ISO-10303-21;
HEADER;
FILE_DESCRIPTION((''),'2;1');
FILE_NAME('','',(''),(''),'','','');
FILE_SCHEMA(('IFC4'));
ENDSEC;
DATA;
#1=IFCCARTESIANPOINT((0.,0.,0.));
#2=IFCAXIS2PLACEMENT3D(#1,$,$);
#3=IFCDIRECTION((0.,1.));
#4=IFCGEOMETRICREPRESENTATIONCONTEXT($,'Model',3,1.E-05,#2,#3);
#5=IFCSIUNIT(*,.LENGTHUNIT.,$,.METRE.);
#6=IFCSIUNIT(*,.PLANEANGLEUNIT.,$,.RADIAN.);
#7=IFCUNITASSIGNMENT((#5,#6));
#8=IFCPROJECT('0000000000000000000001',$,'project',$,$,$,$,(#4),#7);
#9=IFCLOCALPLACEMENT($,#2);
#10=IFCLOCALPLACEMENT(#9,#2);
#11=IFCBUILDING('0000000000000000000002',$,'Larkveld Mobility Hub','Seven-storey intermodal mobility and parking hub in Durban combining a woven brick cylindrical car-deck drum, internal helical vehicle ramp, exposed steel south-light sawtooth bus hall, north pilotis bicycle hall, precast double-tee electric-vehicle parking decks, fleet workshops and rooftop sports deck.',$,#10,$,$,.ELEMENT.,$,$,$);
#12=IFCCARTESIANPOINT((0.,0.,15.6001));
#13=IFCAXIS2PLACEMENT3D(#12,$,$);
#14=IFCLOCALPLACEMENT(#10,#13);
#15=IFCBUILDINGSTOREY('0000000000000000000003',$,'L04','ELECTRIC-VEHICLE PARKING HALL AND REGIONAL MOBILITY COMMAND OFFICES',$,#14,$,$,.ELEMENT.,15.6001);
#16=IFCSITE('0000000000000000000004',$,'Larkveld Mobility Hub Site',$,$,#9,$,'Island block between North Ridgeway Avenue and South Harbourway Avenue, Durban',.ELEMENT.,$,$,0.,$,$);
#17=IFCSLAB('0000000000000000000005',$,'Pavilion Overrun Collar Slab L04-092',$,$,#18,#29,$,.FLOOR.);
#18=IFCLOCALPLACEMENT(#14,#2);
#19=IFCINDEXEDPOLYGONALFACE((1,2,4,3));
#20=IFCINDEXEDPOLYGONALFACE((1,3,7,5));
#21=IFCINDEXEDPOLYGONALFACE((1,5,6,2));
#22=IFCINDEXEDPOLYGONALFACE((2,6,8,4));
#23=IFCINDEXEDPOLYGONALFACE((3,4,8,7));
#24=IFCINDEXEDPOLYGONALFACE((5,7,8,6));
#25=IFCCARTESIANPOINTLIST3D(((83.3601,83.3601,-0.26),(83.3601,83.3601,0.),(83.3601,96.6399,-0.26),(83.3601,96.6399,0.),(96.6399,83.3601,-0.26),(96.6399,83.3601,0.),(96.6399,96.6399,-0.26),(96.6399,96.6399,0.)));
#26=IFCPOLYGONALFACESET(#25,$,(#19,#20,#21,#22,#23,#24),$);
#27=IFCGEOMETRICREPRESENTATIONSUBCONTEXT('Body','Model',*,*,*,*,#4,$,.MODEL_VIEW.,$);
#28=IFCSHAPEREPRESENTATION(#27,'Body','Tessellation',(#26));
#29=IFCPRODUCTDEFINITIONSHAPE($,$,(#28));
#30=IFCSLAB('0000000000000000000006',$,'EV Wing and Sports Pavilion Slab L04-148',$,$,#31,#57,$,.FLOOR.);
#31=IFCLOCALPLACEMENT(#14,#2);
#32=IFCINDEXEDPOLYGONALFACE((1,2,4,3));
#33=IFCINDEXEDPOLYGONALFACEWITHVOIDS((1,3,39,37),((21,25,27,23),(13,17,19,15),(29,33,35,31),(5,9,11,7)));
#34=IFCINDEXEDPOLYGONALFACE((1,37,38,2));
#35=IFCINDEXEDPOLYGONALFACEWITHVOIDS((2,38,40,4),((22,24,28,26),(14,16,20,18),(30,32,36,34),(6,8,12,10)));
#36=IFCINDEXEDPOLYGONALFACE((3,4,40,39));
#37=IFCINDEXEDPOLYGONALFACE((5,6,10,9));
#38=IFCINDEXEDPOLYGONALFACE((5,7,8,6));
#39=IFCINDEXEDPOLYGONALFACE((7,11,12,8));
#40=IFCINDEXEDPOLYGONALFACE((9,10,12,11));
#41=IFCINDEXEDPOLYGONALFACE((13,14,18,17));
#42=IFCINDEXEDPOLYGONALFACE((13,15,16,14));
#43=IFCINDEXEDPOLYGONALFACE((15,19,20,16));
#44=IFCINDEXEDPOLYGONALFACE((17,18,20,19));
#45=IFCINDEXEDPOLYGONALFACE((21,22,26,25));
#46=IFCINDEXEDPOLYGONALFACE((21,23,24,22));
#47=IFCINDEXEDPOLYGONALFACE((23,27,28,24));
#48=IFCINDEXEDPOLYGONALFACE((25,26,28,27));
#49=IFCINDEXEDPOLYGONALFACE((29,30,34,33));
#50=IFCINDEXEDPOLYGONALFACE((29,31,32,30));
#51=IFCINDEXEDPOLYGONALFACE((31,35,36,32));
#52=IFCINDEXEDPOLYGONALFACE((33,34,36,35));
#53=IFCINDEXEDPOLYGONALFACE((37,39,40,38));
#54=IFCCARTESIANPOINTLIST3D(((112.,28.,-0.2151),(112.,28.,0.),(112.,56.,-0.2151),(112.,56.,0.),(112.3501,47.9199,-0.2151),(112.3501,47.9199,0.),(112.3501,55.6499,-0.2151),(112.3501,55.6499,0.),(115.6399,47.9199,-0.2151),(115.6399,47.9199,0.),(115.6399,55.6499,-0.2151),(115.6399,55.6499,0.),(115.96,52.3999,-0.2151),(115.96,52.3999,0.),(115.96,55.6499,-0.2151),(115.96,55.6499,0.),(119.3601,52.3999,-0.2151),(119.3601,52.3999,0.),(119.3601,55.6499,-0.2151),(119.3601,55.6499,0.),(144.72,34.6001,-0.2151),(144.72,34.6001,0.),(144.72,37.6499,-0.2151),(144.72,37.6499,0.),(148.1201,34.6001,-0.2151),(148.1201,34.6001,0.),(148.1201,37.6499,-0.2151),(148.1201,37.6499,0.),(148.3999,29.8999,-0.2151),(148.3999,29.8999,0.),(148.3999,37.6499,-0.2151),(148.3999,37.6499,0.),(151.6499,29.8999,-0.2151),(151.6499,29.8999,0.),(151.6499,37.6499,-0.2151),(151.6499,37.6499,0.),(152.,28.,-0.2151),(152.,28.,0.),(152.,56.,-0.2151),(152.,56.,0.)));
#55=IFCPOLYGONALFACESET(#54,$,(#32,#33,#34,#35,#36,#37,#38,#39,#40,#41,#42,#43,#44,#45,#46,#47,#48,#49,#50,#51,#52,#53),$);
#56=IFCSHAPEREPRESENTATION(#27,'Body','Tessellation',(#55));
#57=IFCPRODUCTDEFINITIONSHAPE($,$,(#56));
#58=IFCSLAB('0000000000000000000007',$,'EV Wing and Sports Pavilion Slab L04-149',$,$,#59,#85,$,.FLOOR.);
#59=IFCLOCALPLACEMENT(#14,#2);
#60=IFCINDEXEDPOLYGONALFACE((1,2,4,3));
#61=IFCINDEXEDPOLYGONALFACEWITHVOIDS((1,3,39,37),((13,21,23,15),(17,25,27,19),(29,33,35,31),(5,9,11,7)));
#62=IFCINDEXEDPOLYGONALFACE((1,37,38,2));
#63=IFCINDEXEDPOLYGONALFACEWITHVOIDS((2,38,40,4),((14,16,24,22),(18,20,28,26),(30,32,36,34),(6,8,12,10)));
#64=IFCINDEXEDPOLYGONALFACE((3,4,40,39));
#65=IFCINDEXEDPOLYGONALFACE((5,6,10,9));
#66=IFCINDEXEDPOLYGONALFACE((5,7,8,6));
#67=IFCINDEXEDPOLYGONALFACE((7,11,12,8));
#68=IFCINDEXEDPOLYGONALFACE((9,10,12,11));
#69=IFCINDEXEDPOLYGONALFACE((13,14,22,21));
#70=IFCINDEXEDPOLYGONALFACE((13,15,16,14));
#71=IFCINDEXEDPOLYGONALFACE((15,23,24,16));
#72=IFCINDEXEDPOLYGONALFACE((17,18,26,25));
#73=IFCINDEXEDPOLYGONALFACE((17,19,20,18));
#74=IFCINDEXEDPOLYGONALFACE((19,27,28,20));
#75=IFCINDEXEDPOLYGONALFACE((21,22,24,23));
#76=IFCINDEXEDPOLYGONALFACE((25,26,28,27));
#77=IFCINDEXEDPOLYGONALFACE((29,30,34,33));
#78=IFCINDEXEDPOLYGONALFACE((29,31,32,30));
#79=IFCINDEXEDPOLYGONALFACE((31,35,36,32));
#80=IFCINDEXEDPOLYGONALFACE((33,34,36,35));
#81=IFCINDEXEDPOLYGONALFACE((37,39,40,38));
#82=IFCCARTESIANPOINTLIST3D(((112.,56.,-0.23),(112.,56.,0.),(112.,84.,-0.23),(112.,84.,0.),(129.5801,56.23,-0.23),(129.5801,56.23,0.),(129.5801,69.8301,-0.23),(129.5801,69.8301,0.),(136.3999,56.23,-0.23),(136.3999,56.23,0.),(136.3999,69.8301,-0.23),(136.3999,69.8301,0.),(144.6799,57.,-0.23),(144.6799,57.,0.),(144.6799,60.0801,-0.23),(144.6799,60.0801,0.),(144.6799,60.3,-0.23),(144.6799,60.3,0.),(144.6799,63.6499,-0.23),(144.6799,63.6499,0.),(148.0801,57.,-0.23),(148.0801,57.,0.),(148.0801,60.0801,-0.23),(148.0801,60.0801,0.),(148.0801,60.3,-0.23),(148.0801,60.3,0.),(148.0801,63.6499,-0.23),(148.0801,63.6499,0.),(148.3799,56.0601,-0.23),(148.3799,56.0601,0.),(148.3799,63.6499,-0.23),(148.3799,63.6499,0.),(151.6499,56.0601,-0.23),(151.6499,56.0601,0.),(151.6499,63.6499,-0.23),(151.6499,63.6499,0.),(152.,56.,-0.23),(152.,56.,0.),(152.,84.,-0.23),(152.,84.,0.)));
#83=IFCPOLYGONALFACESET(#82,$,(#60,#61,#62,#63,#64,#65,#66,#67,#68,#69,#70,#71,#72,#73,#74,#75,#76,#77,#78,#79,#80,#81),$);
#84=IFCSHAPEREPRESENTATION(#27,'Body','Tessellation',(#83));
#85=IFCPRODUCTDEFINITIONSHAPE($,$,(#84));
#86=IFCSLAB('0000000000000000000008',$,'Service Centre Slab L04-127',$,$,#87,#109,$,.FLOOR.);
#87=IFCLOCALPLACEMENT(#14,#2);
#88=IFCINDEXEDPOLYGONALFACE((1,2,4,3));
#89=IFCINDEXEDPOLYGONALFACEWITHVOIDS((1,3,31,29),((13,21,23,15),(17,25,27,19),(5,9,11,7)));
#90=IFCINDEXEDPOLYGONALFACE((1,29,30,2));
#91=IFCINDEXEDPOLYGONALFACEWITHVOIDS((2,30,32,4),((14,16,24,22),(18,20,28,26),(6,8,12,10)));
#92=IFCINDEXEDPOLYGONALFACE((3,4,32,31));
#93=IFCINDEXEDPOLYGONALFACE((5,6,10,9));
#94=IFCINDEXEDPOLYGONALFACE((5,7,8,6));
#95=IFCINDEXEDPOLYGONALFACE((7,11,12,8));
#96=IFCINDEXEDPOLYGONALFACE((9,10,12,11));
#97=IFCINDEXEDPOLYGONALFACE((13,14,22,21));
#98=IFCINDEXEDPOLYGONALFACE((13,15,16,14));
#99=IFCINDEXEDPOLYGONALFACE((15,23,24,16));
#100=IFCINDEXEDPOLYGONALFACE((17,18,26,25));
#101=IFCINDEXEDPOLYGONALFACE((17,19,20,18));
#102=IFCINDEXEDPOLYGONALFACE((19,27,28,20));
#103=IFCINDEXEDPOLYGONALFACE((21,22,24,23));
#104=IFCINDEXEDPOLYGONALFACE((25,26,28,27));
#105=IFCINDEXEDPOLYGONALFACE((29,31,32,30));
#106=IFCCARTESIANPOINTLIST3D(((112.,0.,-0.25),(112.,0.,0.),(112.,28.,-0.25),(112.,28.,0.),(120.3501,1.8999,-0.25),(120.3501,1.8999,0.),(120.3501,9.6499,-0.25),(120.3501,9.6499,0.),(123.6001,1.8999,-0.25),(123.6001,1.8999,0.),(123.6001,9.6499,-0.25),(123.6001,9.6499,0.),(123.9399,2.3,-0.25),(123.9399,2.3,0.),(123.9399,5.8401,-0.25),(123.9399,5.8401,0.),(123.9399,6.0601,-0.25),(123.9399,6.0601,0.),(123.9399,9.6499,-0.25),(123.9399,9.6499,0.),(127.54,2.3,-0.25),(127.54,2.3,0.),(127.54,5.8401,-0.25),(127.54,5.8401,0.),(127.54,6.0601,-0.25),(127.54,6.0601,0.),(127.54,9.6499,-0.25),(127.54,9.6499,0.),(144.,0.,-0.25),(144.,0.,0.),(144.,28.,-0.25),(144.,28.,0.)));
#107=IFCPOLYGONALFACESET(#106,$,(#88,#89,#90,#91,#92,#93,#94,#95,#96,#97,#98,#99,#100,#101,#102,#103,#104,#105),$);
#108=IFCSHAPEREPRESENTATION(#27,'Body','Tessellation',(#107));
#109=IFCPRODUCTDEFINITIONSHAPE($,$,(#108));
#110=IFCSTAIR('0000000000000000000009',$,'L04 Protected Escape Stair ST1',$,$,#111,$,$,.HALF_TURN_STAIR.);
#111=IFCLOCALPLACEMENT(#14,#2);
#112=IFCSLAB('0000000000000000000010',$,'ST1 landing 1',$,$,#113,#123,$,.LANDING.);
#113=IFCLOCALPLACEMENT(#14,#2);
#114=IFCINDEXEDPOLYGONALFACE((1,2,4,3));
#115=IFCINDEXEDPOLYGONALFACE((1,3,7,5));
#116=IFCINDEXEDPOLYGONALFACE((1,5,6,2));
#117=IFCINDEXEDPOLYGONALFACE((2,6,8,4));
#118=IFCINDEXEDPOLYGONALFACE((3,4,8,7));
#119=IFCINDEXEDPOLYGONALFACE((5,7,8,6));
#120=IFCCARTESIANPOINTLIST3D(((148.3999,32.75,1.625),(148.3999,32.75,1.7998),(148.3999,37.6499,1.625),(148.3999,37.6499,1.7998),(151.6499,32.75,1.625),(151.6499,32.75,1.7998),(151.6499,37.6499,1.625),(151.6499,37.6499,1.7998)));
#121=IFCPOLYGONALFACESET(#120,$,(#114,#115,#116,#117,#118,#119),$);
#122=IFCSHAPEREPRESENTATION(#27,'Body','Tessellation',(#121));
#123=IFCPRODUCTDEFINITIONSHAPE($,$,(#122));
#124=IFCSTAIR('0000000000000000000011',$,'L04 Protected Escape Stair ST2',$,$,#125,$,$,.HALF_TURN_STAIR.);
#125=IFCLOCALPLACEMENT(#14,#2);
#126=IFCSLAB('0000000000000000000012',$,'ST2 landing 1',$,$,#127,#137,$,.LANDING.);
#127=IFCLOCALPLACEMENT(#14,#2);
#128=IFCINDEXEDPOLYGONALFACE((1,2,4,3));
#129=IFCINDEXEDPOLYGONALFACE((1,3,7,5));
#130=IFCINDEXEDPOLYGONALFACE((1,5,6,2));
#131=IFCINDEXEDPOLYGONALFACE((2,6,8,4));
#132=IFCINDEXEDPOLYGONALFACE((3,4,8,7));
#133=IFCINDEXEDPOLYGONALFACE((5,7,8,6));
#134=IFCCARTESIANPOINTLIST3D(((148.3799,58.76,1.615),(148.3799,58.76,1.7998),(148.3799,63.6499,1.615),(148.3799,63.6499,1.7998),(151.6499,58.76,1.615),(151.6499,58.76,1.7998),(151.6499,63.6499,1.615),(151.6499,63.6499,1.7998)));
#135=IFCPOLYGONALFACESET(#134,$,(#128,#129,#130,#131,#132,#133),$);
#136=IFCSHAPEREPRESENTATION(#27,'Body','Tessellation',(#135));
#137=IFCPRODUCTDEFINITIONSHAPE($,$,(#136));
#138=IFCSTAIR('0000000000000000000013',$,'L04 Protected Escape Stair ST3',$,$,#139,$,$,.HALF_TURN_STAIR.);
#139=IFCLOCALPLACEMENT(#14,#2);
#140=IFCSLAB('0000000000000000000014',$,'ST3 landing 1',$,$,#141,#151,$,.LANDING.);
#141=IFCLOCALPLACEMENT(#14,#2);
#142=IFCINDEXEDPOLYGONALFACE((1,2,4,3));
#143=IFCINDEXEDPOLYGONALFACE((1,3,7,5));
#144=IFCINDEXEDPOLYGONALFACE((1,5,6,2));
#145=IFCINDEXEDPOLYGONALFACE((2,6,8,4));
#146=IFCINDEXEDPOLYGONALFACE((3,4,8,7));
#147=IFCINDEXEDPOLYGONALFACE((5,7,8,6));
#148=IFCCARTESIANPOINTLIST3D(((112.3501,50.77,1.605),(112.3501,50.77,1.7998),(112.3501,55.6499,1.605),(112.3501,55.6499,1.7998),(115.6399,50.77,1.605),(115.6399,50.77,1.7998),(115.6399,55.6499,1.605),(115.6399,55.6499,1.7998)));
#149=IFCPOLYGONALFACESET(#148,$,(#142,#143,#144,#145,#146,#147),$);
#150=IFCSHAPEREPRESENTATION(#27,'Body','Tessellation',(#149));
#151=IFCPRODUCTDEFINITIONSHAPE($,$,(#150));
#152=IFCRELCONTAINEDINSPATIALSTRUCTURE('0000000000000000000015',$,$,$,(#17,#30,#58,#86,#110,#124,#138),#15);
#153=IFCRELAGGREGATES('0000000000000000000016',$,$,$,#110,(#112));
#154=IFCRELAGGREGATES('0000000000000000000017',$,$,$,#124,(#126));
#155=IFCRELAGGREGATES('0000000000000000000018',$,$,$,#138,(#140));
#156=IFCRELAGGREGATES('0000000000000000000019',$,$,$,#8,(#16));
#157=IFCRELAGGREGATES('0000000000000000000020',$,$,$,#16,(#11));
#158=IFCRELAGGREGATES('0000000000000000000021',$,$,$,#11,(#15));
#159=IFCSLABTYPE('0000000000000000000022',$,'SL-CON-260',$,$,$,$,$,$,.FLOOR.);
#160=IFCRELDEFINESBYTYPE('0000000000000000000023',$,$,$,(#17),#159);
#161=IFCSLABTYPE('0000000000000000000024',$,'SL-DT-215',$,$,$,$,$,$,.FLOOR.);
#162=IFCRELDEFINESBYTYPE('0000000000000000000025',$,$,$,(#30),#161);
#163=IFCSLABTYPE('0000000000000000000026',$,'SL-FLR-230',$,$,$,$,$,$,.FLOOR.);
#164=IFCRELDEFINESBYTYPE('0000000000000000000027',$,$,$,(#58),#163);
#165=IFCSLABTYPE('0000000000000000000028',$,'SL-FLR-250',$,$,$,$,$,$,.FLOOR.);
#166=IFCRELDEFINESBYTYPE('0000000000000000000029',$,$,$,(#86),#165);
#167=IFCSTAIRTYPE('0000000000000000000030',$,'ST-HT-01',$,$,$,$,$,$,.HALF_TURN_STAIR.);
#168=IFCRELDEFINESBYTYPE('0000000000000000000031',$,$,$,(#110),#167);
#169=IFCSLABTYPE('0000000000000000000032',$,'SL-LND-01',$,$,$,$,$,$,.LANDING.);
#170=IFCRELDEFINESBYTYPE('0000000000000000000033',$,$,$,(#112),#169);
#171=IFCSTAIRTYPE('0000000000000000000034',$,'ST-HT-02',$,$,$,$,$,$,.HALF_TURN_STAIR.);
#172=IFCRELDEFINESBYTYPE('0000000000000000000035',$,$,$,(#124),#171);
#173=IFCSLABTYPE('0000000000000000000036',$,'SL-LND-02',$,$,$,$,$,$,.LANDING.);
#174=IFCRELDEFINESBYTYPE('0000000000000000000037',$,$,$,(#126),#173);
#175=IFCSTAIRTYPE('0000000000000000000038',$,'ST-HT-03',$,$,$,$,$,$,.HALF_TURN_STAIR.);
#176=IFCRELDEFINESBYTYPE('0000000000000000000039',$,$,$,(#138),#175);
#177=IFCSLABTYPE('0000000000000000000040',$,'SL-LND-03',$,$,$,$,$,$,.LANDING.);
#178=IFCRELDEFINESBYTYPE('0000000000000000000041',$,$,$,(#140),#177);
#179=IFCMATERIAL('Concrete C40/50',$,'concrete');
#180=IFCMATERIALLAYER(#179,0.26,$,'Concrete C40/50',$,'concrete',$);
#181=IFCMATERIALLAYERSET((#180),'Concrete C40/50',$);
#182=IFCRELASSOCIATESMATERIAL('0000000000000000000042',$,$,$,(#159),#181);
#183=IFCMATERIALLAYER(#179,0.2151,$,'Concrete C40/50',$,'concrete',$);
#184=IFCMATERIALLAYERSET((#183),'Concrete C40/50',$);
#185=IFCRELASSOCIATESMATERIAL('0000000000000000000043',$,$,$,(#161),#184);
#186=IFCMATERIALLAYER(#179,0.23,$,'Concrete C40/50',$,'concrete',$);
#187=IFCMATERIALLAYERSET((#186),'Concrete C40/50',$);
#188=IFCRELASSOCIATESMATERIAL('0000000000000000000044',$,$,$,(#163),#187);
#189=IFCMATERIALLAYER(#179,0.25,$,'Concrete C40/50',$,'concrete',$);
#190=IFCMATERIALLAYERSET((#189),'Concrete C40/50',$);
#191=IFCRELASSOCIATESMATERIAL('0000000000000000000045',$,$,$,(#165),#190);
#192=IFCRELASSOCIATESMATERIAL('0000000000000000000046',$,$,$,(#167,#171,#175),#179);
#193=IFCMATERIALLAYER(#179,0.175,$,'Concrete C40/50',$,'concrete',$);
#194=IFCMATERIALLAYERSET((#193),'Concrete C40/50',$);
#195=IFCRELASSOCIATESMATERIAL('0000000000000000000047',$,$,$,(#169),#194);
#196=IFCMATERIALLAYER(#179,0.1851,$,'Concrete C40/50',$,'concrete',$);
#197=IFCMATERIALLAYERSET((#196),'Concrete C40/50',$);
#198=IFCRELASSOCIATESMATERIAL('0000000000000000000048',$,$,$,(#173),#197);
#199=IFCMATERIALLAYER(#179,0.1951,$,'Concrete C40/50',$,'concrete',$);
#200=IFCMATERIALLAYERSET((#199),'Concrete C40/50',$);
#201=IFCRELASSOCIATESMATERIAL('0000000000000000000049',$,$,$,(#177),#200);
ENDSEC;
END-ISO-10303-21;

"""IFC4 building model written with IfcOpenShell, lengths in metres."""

from ifc_helpers import new_model, si_unit, direction, frame, origin, place, context, subcontext, project, spatial, polyline, outline, extrude, material, layer, layer_set, type_object, element, aggregate, save


model = new_model("IFC4")

# Units and contexts
model_context = context("Model", 3, precision=1e-05, world=origin(), true_north=direction((0.0, 1.0)))
body_context = subcontext(model_context, "Body", "Model", "MODEL_VIEW")
ifc_project = project(units=[si_unit("LENGTHUNIT", "METRE"), si_unit("PLANEANGLEUNIT", "RADIAN")], contexts=[model_context])

# Site, building, storey
site_placement = place(None, origin())
site = spatial("IfcSite", under=ifc_project, at=site_placement, Name="Larkveld Mobility Hub Site", LongName="Island block between North Ridgeway Avenue and South Harbourway Avenue, Durban", CompositionType="ELEMENT", RefElevation=0.0)
building_placement = place(site_placement, origin())
building = spatial("IfcBuilding", under=site, at=building_placement, Name="Larkveld Mobility Hub", Description="Seven-storey intermodal mobility and parking hub in Durban combining a woven brick cylindrical car-deck drum, internal helical vehicle ramp, exposed steel south-light sawtooth bus hall, north pilotis bicycle hall, precast double-tee electric-vehicle parking decks, fleet workshops and rooftop sports deck.", CompositionType="ELEMENT")
storey_placement = place(building_placement, frame((0.0, 0.0, 15.6001)))
storey = spatial("IfcBuildingStorey", under=building, at=storey_placement, Name="L04", Description="ELECTRIC-VEHICLE PARKING HALL AND REGIONAL MOBILITY COMMAND OFFICES", CompositionType="ELEMENT", Elevation=15.6001)

# Slabs
ifc_material_1 = material(Name="Concrete C40/50", Category="concrete")
ifc_layer_1 = layer(ifc_material_1, 0.26, Name="Concrete C40/50", Category="concrete")
ifc_layer_set_1 = layer_set([ifc_layer_1], Name="Concrete C40/50")
slab_type_1 = type_object("IfcSlabType", Name="SL-CON-260", PredefinedType="FLOOR", material=ifc_layer_set_1)
slab_1_placement = place(storey_placement, frame((0.0, 0.0, -0.26)))
element("IfcSlab", 1, at=slab_1_placement, inside=storey, type_object=slab_type_1, Name="Pavilion Overrun Collar Slab L04-092", PredefinedType="FLOOR", context=body_context, shape_type="SweptSolid", body=[
    extrude(outline(polyline([(83.3601, 83.3601), (96.6399, 83.3601), (96.6399, 96.6399), (83.3601, 96.6399), (83.3601, 83.3601)])), origin(), (0.0, 0.0, 1.0), 0.26),
])
ifc_layer_2 = layer(ifc_material_1, 0.2151, Name="Concrete C40/50", Category="concrete")
ifc_layer_set_2 = layer_set([ifc_layer_2], Name="Concrete C40/50")
slab_type_2 = type_object("IfcSlabType", Name="SL-DT-215", PredefinedType="FLOOR", material=ifc_layer_set_2)
slab_2_placement = place(storey_placement, frame((0.0, 0.0, -0.2151)))
element("IfcSlab", 2, at=slab_2_placement, inside=storey, type_object=slab_type_2, Name="EV Wing and Sports Pavilion Slab L04-148", PredefinedType="FLOOR", context=body_context, shape_type="SweptSolid", body=[
    extrude(outline(polyline([(112.0, 28.0), (152.0, 28.0), (152.0, 56.0), (112.0, 56.0), (112.0, 28.0)]), holes=[polyline([(148.3999, 29.8999), (148.3999, 37.6499), (151.6499, 37.6499), (151.6499, 29.8999), (148.3999, 29.8999)]), polyline([(144.72, 34.6001), (144.72, 37.6499), (148.1201, 37.6499), (148.1201, 34.6001), (144.72, 34.6001)]), polyline([(112.3501, 47.9199), (112.3501, 55.6499), (115.6399, 55.6499), (115.6399, 47.9199), (112.3501, 47.9199)]), polyline([(115.96, 52.3999), (115.96, 55.6499), (119.3601, 55.6499), (119.3601, 52.3999), (115.96, 52.3999)])]), origin(), (0.0, 0.0, 1.0), 0.2151),
])
ifc_layer_3 = layer(ifc_material_1, 0.23, Name="Concrete C40/50", Category="concrete")
ifc_layer_set_3 = layer_set([ifc_layer_3], Name="Concrete C40/50")
slab_type_3 = type_object("IfcSlabType", Name="SL-FLR-230", PredefinedType="FLOOR", material=ifc_layer_set_3)
slab_3_placement = place(storey_placement, frame((0.0, 0.0, -0.23)))
element("IfcSlab", 3, at=slab_3_placement, inside=storey, type_object=slab_type_3, Name="EV Wing and Sports Pavilion Slab L04-149", PredefinedType="FLOOR", context=body_context, shape_type="SweptSolid", body=[
    extrude(outline(polyline([(112.0, 56.0), (152.0, 56.0), (152.0, 84.0), (112.0, 84.0), (112.0, 56.0)]), holes=[polyline([(148.3799, 56.0601), (148.3799, 63.6499), (151.6499, 63.6499), (151.6499, 56.0601), (148.3799, 56.0601)]), polyline([(144.6799, 60.3), (144.6799, 63.6499), (148.0801, 63.6499), (148.0801, 60.3), (144.6799, 60.3)]), polyline([(144.6799, 57.0), (144.6799, 60.0801), (148.0801, 60.0801), (148.0801, 57.0), (144.6799, 57.0)]), polyline([(129.5801, 56.23), (129.5801, 69.8301), (136.3999, 69.8301), (136.3999, 56.23), (129.5801, 56.23)])]), origin(), (0.0, 0.0, 1.0), 0.23),
])
ifc_layer_4 = layer(ifc_material_1, 0.25, Name="Concrete C40/50", Category="concrete")
ifc_layer_set_4 = layer_set([ifc_layer_4], Name="Concrete C40/50")
slab_type_4 = type_object("IfcSlabType", Name="SL-FLR-250", PredefinedType="FLOOR", material=ifc_layer_set_4)
slab_4_placement = place(storey_placement, frame((0.0, 0.0, -0.25)))
element("IfcSlab", 4, at=slab_4_placement, inside=storey, type_object=slab_type_4, Name="Service Centre Slab L04-127", PredefinedType="FLOOR", context=body_context, shape_type="SweptSolid", body=[
    extrude(outline(polyline([(112.0, 0.0), (144.0, 0.0), (144.0, 28.0), (112.0, 28.0), (112.0, 0.0)]), holes=[polyline([(120.3501, 1.8999), (120.3501, 9.6499), (123.6001, 9.6499), (123.6001, 1.8999), (120.3501, 1.8999)]), polyline([(123.9399, 6.0601), (123.9399, 9.6499), (127.54, 9.6499), (127.54, 6.0601), (123.9399, 6.0601)]), polyline([(123.9399, 2.3), (123.9399, 5.8401), (127.54, 5.8401), (127.54, 2.3), (123.9399, 2.3)])]), origin(), (0.0, 0.0, 1.0), 0.25),
])

# Stairs, slabs
stair_type_1 = type_object("IfcStairType", Name="ST-HT-01", PredefinedType="HALF_TURN_STAIR", material=ifc_material_1)
stair_1_placement = place(storey_placement, origin())
stair_1 = element("IfcStair", 5, at=stair_1_placement, inside=storey, type_object=stair_type_1, Name="L04 Protected Escape Stair ST1", PredefinedType="HALF_TURN_STAIR")
ifc_layer_5 = layer(ifc_material_1, 0.175, Name="Concrete C40/50", Category="concrete")
ifc_layer_set_5 = layer_set([ifc_layer_5], Name="Concrete C40/50")
slab_type_5 = type_object("IfcSlabType", Name="SL-LND-01", PredefinedType="LANDING", material=ifc_layer_set_5)
slab_5_placement = place(storey_placement, frame((0.0, 0.0, 1.625)))
slab_5 = element("IfcSlab", 6, at=slab_5_placement, type_object=slab_type_5, Name="ST1 landing 1", PredefinedType="LANDING", context=body_context, shape_type="SweptSolid", body=[
    extrude(outline(polyline([(151.6499, 32.75), (151.6499, 37.6499), (148.3999, 37.6499), (148.3999, 32.75), (151.6499, 32.75)])), origin(), (0.0, 0.0, 1.0), 0.1748),
])
aggregate(stair_1, [slab_5])
stair_type_2 = type_object("IfcStairType", Name="ST-HT-02", PredefinedType="HALF_TURN_STAIR", material=ifc_material_1)
stair_2_placement = place(storey_placement, origin())
stair_2 = element("IfcStair", 7, at=stair_2_placement, inside=storey, type_object=stair_type_2, Name="L04 Protected Escape Stair ST2", PredefinedType="HALF_TURN_STAIR")
ifc_layer_6 = layer(ifc_material_1, 0.1851, Name="Concrete C40/50", Category="concrete")
ifc_layer_set_6 = layer_set([ifc_layer_6], Name="Concrete C40/50")
slab_type_6 = type_object("IfcSlabType", Name="SL-LND-02", PredefinedType="LANDING", material=ifc_layer_set_6)
slab_6_placement = place(storey_placement, frame((0.0, 0.0, 1.615)))
slab_6 = element("IfcSlab", 8, at=slab_6_placement, type_object=slab_type_6, Name="ST2 landing 1", PredefinedType="LANDING", context=body_context, shape_type="SweptSolid", body=[
    extrude(outline(polyline([(151.6499, 58.76), (151.6499, 63.6499), (148.3799, 63.6499), (148.3799, 58.76), (151.6499, 58.76)])), origin(), (0.0, 0.0, 1.0), 0.1848),
])
aggregate(stair_2, [slab_6])
stair_type_3 = type_object("IfcStairType", Name="ST-HT-03", PredefinedType="HALF_TURN_STAIR", material=ifc_material_1)
stair_3_placement = place(storey_placement, origin())
stair_3 = element("IfcStair", 9, at=stair_3_placement, inside=storey, type_object=stair_type_3, Name="L04 Protected Escape Stair ST3", PredefinedType="HALF_TURN_STAIR")
ifc_layer_7 = layer(ifc_material_1, 0.1951, Name="Concrete C40/50", Category="concrete")
ifc_layer_set_7 = layer_set([ifc_layer_7], Name="Concrete C40/50")
slab_type_7 = type_object("IfcSlabType", Name="SL-LND-03", PredefinedType="LANDING", material=ifc_layer_set_7)
slab_7_placement = place(storey_placement, frame((0.0, 0.0, 1.605)))
slab_7 = element("IfcSlab", 10, at=slab_7_placement, type_object=slab_type_7, Name="ST3 landing 1", PredefinedType="LANDING", context=body_context, shape_type="SweptSolid", body=[
    extrude(outline(polyline([(115.6399, 50.77), (115.6399, 55.6499), (112.3501, 55.6499), (112.3501, 50.77), (115.6399, 50.77)])), origin(), (0.0, 0.0, 1.0), 0.1948),
])
aggregate(stair_3, [slab_7])

save(model, "model.ifc")
